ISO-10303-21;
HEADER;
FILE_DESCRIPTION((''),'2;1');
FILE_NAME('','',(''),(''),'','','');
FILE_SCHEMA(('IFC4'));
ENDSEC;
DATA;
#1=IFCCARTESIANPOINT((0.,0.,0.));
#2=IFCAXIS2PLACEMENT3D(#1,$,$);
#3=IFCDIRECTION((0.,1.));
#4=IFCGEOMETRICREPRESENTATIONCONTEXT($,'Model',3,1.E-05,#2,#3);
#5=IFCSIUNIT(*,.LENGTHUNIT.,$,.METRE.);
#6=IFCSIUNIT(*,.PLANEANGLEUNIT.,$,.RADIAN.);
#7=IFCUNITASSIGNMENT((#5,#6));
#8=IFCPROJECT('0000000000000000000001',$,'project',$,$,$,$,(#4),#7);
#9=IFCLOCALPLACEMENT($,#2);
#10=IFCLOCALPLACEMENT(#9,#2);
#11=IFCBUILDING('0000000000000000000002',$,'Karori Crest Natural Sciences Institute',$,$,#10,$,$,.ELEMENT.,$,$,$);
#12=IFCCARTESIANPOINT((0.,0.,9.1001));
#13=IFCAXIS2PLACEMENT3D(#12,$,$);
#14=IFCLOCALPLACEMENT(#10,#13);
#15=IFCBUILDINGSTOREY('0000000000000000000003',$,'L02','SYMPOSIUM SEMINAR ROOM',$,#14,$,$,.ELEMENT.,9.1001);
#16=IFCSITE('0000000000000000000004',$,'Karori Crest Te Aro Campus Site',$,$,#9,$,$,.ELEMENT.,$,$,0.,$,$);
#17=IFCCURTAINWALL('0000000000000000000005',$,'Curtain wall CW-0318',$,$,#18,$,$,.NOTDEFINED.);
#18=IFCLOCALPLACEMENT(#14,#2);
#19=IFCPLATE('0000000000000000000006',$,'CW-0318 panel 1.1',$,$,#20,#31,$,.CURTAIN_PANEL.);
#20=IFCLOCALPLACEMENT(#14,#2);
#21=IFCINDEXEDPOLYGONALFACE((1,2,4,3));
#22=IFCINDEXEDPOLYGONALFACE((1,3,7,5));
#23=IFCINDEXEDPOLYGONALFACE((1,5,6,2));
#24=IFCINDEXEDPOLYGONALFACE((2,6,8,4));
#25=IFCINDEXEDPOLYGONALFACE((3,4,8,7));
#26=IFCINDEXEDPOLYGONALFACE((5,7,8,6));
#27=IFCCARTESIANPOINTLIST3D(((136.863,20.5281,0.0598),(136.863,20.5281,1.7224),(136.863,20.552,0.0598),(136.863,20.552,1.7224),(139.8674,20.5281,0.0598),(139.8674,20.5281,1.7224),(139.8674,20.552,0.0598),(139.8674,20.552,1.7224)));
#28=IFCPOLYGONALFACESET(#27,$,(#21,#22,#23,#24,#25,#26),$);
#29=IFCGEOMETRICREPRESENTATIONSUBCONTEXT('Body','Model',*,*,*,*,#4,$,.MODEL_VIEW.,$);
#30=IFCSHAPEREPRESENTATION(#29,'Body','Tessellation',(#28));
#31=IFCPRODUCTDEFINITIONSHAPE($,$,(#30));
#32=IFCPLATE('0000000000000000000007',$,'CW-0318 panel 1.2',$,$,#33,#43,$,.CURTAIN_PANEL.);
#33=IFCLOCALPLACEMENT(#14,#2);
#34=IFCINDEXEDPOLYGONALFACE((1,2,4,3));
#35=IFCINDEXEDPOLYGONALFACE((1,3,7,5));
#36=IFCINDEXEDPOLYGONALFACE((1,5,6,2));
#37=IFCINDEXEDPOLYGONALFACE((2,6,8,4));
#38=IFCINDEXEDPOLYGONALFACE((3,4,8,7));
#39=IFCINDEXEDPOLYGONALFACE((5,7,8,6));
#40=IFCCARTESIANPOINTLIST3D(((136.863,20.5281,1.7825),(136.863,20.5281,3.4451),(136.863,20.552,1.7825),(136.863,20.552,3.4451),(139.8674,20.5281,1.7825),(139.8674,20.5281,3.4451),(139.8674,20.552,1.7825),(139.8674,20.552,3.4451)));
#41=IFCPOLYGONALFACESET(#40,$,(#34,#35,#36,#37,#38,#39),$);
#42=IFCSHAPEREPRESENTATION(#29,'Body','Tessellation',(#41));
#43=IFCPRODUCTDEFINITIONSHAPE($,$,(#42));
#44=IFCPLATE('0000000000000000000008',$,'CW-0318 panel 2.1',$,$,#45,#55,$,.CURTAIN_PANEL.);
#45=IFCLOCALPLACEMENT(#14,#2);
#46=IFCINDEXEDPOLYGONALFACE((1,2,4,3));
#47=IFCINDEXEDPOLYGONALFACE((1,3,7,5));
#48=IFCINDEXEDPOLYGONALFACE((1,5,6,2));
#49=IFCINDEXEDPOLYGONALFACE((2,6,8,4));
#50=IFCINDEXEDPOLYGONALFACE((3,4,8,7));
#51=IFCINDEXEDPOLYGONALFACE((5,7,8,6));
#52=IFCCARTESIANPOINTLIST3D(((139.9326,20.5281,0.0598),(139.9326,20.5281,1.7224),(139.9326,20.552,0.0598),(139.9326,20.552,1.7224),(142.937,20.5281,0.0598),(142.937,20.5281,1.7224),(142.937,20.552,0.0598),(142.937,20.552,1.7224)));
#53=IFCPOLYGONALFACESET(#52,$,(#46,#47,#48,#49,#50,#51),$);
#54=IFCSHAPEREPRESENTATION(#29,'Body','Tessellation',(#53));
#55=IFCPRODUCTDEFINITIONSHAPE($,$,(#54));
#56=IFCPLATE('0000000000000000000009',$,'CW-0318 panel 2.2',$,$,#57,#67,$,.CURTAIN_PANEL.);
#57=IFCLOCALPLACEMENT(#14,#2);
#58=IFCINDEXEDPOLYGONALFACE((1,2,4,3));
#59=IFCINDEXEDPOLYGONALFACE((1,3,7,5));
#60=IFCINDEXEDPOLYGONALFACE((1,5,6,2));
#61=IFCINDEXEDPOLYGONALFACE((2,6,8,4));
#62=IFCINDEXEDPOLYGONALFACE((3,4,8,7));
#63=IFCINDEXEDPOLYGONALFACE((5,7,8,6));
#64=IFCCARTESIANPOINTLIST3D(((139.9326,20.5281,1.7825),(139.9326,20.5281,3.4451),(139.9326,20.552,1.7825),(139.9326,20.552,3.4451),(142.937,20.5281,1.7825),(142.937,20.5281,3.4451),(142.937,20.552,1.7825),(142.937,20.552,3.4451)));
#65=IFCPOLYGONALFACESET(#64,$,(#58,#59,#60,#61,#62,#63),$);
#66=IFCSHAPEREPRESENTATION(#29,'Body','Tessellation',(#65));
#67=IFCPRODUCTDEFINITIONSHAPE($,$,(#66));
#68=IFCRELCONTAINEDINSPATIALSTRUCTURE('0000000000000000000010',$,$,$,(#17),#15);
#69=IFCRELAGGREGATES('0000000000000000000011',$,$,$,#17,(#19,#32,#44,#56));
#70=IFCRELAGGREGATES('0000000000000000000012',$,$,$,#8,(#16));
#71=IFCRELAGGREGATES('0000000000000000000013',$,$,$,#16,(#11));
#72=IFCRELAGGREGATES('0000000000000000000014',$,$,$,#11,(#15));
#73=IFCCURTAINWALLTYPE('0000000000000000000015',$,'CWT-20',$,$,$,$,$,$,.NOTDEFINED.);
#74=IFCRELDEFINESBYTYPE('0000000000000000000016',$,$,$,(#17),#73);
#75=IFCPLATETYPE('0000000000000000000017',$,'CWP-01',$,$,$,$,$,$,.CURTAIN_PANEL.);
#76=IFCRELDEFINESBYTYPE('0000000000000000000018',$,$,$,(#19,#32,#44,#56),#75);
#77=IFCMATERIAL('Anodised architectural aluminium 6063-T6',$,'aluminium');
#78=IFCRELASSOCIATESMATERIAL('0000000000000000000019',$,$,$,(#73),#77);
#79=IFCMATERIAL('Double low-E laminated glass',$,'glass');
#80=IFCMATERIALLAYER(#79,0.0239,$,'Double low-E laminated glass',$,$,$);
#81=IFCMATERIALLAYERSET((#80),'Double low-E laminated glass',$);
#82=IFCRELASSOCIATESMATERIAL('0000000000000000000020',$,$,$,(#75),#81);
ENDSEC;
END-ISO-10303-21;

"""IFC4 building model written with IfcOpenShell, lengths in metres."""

from ifc_helpers import new_model, si_unit, direction, frame, origin, origin_2d, place, context, subcontext, project, spatial, rectangle, extrude, material, layer, layer_set, type_object, element, aggregate, save


model = new_model("IFC4")

# Units and contexts
model_context = context("Model", 3, precision=1e-05, world=origin(), true_north=direction((0.0, 1.0)))
body_context = subcontext(model_context, "Body", "Model", "MODEL_VIEW")
ifc_project = project(units=[si_unit("LENGTHUNIT", "METRE"), si_unit("PLANEANGLEUNIT", "RADIAN")], contexts=[model_context])

# Site, building, storey
site_placement = place(None, origin())
site = spatial("IfcSite", under=ifc_project, at=site_placement, Name="Karori Crest Te Aro Campus Site", CompositionType="ELEMENT", RefElevation=0.0)
building_placement = place(site_placement, origin())
building = spatial("IfcBuilding", under=site, at=building_placement, Name="Karori Crest Natural Sciences Institute", CompositionType="ELEMENT")
storey_placement = place(building_placement, frame((0.0, 0.0, 9.1001)))
storey = spatial("IfcBuildingStorey", under=building, at=storey_placement, Name="L02", Description="SYMPOSIUM SEMINAR ROOM", CompositionType="ELEMENT", Elevation=9.1001)

# Curtain wall
ifc_material_1 = material(Name="Anodised architectural aluminium 6063-T6", Category="aluminium")
curtain_wall_type = type_object("IfcCurtainWallType", Name="CWT-20", PredefinedType="NOTDEFINED", material=ifc_material_1)
curtain_wall_1_placement = place(storey_placement, origin())
curtain_wall_1 = element("IfcCurtainWall", 1, at=curtain_wall_1_placement, inside=storey, type_object=curtain_wall_type, Name="Curtain wall CW-0318", PredefinedType="NOTDEFINED")

# Plates
ifc_material_2 = material(Name="Double low-E laminated glass", Category="glass")
ifc_layer = layer(ifc_material_2, 0.0239, Name="Double low-E laminated glass")
ifc_layer_set = layer_set([ifc_layer], Name="Double low-E laminated glass")
plate_type = type_object("IfcPlateType", Name="CWP-01", PredefinedType="CURTAIN_PANEL", material=ifc_layer_set)
plate_1_placement = place(storey_placement, frame((138.3652, 20.54, 0.0598), z_axis=(0.0, 0.0, 1.0), x_axis=(1.0, 0.0, 0.0)))
plate_1 = element("IfcPlate", 2, at=plate_1_placement, type_object=plate_type, Name="CW-0318 panel 1.1", PredefinedType="CURTAIN_PANEL", context=body_context, shape_type="SweptSolid", body=[
    extrude(rectangle(XDim=3.0044, YDim=0.0239, at=origin_2d()), origin(), (0.0, 0.0, 1.0), 1.6626),
])
plate_2_placement = place(storey_placement, frame((138.3652, 20.54, 1.7825), z_axis=(0.0, 0.0, 1.0), x_axis=(1.0, 0.0, 0.0)))
plate_2 = element("IfcPlate", 3, at=plate_2_placement, type_object=plate_type, Name="CW-0318 panel 1.2", PredefinedType="CURTAIN_PANEL", context=body_context, shape_type="SweptSolid", body=[
    extrude(rectangle(XDim=3.0044, YDim=0.0239, at=origin_2d()), origin(), (0.0, 0.0, 1.0), 1.6626),
])
plate_3_placement = place(storey_placement, frame((141.4348, 20.54, 0.0598), z_axis=(0.0, 0.0, 1.0), x_axis=(1.0, 0.0, 0.0)))
plate_3 = element("IfcPlate", 4, at=plate_3_placement, type_object=plate_type, Name="CW-0318 panel 2.1", PredefinedType="CURTAIN_PANEL", context=body_context, shape_type="SweptSolid", body=[
    extrude(rectangle(XDim=3.0044, YDim=0.0239, at=origin_2d()), origin(), (0.0, 0.0, 1.0), 1.6626),
])
plate_4_placement = place(storey_placement, frame((141.4348, 20.54, 1.7825), z_axis=(0.0, 0.0, 1.0), x_axis=(1.0, 0.0, 0.0)))
plate_4 = element("IfcPlate", 5, at=plate_4_placement, type_object=plate_type, Name="CW-0318 panel 2.2", PredefinedType="CURTAIN_PANEL", context=body_context, shape_type="SweptSolid", body=[
    extrude(rectangle(XDim=3.0044, YDim=0.0239, at=origin_2d()), origin(), (0.0, 0.0, 1.0), 1.6626),
])
aggregate(curtain_wall_1, [plate_1, plate_2, plate_3, plate_4])

save(model, "model.ifc")
